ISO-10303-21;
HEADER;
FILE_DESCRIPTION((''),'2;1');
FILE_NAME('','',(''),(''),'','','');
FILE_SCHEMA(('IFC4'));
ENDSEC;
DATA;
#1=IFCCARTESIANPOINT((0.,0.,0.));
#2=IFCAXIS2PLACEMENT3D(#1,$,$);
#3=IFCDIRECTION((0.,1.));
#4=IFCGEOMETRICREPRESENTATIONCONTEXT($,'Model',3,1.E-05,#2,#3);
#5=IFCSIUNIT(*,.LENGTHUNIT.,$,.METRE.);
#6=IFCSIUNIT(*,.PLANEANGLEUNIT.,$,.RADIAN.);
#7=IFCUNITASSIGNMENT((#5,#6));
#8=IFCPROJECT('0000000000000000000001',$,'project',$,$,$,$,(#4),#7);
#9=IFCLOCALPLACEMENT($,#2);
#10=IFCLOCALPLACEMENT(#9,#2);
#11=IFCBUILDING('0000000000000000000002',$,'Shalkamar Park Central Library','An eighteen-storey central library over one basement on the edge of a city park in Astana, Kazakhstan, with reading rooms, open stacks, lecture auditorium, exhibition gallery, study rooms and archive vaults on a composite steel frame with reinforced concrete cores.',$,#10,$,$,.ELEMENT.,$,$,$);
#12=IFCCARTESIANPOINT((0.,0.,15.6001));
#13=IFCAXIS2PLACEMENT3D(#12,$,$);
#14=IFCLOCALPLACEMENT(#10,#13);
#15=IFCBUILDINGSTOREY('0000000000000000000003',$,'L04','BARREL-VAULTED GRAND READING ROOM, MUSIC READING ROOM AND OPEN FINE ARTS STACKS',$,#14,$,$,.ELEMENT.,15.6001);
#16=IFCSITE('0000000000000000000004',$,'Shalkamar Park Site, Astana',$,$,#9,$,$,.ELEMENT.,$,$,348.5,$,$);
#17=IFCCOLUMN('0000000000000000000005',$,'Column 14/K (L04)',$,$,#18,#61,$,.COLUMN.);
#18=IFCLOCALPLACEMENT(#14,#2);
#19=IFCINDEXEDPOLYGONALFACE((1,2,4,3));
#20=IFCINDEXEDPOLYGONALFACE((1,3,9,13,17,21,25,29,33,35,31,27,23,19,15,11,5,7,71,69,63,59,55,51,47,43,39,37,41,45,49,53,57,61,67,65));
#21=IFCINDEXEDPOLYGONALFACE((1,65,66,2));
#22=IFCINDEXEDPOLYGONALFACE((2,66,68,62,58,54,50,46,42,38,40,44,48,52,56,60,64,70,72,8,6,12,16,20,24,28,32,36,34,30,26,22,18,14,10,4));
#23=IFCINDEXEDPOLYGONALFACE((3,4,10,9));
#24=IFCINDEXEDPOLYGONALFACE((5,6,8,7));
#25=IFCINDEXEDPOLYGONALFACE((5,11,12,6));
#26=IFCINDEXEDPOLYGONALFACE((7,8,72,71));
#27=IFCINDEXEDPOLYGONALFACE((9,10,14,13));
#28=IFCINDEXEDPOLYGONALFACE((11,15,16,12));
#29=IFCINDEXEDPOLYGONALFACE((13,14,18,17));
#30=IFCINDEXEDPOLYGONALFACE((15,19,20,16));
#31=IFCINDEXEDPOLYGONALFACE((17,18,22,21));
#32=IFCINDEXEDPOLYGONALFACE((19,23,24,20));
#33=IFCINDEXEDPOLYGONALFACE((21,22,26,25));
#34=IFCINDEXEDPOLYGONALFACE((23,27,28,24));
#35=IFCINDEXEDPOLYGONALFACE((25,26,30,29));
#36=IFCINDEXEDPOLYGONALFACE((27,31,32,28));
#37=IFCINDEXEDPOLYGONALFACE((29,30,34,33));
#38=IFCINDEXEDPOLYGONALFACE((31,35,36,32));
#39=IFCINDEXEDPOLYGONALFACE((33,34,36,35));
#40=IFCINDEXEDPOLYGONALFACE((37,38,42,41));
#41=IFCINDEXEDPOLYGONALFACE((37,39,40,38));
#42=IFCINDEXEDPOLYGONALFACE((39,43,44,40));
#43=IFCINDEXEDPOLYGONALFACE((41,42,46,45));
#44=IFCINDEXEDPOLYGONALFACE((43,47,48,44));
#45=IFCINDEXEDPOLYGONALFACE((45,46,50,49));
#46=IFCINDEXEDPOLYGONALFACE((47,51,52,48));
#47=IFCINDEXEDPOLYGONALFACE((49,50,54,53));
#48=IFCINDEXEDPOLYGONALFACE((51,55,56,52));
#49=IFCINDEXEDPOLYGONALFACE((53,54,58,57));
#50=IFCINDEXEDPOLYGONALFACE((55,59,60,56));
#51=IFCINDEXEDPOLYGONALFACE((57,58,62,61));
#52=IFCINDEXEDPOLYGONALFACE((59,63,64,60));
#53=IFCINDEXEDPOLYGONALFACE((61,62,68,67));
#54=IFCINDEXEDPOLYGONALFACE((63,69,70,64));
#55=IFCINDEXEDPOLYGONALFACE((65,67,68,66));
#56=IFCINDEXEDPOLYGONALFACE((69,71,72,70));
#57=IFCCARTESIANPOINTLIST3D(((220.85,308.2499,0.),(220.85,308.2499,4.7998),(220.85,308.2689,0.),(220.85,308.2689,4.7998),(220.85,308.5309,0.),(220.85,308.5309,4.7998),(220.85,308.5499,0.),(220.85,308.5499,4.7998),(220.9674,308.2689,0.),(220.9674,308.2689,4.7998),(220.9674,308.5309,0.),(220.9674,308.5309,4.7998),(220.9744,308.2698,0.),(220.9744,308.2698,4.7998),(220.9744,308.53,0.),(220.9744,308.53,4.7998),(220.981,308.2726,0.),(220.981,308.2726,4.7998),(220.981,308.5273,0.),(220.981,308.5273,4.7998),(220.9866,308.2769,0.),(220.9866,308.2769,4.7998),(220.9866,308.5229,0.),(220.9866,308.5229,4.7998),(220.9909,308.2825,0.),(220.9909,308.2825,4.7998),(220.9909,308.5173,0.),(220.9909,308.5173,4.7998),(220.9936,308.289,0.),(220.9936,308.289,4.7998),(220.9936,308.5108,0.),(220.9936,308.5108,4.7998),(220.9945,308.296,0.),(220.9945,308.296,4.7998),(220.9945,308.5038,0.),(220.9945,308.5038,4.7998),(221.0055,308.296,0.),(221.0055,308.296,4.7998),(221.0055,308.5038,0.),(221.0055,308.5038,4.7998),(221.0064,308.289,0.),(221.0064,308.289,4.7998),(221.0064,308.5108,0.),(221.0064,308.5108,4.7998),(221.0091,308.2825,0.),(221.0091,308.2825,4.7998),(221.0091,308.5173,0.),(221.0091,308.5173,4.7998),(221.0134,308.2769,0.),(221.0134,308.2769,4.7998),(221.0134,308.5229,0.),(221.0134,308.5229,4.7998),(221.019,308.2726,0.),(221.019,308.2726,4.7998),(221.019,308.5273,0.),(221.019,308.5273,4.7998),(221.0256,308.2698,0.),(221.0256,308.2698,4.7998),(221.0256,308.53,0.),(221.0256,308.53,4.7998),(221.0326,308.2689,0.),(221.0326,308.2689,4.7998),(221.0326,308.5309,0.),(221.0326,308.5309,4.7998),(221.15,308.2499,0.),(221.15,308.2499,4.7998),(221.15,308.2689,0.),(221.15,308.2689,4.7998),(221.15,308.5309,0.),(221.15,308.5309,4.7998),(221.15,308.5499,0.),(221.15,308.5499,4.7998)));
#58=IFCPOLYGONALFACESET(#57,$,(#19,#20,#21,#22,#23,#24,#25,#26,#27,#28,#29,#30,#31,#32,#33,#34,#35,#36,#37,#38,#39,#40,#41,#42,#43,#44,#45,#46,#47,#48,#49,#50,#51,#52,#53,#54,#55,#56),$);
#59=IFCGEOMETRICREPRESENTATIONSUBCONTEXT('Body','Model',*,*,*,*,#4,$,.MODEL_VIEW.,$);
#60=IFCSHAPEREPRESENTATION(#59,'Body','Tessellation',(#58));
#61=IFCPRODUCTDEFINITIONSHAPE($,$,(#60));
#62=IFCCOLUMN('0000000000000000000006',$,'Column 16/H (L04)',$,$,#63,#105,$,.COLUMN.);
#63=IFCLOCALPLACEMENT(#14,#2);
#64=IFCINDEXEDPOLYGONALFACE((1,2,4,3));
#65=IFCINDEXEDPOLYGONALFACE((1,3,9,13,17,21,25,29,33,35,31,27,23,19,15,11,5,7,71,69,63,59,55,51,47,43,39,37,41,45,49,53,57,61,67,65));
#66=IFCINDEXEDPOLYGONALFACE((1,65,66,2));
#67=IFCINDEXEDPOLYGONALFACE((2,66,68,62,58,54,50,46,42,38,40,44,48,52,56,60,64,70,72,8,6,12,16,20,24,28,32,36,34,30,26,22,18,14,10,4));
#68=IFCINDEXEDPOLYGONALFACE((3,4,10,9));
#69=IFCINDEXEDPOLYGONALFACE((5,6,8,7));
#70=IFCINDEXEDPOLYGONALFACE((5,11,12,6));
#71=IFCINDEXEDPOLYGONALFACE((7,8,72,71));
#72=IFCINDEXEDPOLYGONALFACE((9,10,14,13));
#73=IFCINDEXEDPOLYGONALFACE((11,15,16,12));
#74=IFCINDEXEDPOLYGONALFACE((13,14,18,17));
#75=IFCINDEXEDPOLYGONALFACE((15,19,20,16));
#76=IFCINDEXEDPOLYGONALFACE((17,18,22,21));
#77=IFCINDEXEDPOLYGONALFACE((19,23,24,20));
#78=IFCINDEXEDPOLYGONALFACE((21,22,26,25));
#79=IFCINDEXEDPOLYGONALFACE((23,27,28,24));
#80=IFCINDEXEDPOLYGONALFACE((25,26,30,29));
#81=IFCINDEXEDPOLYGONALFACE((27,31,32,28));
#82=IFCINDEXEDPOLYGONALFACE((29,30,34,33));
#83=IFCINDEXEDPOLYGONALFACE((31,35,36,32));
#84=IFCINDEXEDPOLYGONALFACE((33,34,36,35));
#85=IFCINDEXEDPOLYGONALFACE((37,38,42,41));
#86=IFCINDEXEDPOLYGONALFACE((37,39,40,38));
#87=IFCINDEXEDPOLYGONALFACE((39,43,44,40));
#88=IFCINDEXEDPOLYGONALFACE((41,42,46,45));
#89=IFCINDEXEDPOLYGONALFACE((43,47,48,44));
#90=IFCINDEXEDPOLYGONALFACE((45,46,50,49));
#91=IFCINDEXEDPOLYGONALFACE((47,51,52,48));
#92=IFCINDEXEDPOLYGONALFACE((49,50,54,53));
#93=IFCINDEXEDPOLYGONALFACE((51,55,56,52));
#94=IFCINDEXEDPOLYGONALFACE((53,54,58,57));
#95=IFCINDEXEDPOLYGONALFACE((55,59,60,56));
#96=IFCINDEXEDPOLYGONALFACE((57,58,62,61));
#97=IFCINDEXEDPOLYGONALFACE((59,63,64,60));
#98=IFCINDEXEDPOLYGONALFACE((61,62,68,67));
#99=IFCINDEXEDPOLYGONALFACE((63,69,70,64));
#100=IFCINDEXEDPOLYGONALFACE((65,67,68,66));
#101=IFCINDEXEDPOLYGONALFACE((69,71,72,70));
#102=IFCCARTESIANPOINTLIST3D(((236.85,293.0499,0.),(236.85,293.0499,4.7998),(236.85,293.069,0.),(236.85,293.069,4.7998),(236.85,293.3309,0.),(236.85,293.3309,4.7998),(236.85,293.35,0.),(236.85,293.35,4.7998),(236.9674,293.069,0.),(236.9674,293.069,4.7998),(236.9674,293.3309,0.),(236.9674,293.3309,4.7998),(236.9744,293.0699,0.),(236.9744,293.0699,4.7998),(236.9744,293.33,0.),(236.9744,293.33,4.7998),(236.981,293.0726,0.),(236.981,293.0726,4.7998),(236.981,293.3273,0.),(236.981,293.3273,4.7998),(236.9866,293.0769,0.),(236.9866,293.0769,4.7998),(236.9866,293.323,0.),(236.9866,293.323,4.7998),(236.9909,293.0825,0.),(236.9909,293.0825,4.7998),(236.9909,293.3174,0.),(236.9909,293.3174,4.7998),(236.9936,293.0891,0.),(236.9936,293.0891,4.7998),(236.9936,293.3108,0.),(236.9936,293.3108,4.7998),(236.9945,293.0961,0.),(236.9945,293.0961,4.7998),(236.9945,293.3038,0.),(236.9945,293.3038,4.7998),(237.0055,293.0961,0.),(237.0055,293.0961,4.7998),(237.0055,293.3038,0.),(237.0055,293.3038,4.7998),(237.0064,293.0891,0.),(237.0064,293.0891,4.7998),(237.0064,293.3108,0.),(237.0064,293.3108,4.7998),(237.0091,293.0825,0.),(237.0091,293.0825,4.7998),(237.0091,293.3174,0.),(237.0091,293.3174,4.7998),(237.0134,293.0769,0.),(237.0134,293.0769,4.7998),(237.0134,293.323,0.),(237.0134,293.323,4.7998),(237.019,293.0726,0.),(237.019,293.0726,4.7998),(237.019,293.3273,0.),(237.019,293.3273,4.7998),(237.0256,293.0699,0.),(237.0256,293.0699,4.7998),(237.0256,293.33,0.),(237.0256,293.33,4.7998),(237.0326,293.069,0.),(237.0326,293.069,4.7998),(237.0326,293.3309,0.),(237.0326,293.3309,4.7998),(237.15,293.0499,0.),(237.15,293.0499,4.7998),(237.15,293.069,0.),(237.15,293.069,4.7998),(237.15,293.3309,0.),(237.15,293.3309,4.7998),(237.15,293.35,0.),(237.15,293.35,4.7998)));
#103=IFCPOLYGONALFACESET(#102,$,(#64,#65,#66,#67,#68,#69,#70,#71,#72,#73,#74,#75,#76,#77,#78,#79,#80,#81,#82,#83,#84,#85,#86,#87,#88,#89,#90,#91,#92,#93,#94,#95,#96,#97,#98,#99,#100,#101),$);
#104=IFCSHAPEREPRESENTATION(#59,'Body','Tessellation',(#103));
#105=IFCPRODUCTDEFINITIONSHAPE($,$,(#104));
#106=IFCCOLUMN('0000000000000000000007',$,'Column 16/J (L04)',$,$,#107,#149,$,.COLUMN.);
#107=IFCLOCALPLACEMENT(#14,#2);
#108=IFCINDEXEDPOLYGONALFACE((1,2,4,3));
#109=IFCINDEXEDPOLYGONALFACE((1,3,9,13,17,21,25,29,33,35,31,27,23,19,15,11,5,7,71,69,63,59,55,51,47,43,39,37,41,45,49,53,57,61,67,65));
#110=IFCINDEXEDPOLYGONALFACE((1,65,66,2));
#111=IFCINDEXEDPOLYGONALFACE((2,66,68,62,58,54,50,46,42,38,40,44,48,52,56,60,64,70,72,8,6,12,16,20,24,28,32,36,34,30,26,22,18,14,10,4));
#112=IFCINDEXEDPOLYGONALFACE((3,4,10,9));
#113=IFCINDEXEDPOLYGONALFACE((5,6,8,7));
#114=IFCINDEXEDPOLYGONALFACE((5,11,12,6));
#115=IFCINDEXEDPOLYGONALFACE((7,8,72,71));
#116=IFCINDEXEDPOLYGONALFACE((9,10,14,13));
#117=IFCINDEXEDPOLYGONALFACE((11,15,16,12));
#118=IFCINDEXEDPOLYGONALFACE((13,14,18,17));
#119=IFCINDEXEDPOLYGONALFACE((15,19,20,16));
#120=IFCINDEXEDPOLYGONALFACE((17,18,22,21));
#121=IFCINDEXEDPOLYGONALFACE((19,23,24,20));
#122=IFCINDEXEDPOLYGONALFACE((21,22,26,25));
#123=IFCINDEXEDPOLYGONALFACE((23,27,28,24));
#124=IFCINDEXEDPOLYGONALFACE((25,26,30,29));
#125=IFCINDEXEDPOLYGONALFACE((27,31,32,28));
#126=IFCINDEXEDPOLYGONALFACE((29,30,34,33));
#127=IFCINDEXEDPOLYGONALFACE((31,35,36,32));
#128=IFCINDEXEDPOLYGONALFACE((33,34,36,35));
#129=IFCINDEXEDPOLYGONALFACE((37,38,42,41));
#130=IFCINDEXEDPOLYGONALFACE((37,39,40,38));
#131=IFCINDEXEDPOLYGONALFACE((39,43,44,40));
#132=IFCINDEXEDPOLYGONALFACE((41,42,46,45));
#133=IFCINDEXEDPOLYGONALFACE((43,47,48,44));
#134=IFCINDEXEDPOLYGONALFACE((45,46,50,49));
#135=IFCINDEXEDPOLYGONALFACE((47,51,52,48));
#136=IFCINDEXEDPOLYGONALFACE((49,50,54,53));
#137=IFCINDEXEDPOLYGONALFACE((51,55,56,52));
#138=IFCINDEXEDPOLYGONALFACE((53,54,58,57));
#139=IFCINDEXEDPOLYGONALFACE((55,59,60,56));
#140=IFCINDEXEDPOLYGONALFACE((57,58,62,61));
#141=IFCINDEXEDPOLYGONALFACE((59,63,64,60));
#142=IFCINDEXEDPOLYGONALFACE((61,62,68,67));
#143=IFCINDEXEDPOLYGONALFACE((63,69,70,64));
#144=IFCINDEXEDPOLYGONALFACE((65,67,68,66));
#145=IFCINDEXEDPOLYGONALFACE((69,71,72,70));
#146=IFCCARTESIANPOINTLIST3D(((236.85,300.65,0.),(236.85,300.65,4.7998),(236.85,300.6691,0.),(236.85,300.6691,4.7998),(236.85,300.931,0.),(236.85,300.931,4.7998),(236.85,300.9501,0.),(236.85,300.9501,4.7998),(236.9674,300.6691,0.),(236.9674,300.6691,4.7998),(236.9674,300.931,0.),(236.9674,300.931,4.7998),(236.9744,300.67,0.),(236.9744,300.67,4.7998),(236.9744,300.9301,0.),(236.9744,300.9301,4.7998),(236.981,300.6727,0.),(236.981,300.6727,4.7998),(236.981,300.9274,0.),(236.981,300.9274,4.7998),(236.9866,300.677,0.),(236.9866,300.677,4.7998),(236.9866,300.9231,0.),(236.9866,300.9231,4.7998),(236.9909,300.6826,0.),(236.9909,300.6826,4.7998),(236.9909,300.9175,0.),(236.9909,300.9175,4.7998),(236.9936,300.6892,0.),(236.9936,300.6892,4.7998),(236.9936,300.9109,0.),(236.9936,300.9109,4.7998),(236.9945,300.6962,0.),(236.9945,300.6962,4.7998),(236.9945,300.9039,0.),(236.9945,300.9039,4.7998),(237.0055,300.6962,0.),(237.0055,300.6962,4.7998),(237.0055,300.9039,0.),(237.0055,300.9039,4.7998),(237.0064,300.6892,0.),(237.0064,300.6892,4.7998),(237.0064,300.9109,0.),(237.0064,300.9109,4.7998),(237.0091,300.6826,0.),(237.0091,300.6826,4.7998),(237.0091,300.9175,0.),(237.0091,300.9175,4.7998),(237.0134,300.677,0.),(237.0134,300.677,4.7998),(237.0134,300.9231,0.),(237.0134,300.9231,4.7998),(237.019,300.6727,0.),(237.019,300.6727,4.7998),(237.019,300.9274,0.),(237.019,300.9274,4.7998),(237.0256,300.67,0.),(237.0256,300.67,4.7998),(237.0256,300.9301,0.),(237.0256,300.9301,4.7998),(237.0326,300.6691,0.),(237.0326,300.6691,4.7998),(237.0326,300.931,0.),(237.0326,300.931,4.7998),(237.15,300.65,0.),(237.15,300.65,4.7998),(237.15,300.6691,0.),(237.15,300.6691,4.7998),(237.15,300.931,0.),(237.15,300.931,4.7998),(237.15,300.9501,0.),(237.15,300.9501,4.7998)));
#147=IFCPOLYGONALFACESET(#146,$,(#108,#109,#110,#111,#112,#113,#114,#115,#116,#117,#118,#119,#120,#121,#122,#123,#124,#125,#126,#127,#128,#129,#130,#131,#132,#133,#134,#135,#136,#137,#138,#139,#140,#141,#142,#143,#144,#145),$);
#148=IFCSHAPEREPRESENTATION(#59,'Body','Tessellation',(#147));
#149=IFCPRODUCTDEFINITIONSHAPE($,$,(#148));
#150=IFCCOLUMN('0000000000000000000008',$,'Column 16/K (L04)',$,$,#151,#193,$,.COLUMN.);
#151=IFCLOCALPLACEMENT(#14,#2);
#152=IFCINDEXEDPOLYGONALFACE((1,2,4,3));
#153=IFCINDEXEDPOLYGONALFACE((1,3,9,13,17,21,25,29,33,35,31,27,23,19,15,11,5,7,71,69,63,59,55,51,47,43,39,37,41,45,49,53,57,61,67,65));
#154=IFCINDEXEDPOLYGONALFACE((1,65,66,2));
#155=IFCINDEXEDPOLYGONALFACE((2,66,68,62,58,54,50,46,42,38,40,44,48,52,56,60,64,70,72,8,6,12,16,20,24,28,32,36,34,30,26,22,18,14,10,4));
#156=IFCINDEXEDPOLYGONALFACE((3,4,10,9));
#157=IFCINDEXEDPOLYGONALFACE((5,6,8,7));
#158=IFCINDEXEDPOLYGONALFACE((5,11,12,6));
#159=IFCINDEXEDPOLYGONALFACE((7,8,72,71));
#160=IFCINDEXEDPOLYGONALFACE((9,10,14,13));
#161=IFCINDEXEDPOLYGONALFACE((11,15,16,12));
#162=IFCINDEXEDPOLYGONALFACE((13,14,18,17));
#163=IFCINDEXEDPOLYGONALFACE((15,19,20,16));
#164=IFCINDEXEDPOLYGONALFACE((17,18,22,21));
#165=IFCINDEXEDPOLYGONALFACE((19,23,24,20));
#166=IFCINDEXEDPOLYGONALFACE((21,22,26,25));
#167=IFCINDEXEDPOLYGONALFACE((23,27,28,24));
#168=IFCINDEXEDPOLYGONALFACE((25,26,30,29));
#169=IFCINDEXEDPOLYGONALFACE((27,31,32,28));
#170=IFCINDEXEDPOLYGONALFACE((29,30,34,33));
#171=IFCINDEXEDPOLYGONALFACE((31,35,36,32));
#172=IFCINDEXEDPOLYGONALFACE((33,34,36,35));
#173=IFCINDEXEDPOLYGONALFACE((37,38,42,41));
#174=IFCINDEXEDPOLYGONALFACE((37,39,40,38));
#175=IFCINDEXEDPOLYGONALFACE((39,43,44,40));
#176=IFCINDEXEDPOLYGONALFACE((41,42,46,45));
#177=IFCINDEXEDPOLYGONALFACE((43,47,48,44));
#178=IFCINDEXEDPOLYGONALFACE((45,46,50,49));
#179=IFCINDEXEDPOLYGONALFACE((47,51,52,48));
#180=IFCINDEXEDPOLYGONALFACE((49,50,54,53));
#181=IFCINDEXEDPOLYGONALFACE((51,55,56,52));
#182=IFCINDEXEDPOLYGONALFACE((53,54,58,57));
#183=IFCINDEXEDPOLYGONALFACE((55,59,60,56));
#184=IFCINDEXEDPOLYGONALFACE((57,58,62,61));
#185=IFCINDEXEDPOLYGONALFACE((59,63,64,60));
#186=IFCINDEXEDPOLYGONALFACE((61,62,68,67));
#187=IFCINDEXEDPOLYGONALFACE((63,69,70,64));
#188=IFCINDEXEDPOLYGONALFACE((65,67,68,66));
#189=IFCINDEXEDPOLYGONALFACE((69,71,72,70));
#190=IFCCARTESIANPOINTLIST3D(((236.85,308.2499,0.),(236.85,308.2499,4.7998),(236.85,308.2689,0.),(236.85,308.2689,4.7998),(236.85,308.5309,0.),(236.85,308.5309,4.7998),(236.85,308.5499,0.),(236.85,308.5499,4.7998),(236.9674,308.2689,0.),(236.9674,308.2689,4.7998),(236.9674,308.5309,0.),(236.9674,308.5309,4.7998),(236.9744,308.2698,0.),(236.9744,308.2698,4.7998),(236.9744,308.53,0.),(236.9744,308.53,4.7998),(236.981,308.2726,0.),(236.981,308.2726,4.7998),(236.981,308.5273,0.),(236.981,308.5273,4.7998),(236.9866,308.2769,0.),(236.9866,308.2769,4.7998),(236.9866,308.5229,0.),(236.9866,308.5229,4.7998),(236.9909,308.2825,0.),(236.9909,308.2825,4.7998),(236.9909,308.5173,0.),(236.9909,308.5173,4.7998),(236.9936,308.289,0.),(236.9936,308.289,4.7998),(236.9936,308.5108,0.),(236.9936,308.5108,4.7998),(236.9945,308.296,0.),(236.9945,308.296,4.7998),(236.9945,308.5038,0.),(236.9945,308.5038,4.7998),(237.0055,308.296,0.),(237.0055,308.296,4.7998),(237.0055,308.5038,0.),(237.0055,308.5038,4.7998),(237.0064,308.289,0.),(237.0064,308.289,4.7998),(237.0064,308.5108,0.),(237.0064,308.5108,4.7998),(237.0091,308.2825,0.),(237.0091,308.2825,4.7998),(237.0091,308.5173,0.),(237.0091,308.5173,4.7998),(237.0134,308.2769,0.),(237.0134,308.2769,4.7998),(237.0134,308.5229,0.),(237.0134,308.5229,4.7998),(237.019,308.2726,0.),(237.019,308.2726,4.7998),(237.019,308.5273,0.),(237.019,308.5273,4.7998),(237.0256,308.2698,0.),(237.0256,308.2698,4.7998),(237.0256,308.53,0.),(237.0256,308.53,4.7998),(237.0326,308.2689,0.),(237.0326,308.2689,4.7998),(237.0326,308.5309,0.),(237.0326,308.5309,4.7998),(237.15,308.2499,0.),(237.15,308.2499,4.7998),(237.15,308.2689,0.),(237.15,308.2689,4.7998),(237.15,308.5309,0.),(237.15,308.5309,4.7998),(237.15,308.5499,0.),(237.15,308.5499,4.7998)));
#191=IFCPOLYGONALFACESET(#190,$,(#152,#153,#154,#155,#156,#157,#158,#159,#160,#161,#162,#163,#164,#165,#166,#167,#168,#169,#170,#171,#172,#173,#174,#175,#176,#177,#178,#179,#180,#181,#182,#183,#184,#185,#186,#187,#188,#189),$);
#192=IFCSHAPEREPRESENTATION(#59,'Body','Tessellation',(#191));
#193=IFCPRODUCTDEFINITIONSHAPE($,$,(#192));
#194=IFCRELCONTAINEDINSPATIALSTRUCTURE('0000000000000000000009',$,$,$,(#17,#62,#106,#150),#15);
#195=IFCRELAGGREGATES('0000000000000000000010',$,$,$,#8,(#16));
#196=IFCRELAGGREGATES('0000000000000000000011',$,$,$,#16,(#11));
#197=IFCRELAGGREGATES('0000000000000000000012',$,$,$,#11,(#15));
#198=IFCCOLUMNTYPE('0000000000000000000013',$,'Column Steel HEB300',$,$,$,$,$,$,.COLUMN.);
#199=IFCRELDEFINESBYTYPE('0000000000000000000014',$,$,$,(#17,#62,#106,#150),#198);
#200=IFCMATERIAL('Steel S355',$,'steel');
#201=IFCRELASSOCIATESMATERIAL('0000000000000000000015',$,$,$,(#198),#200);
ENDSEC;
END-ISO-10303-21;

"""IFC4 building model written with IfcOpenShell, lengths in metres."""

from ifc_helpers import new_model, si_unit, direction, frame, origin, origin_2d, place, context, subcontext, project, spatial, i_section, extrude, material, material_profile, profile_set, type_object, element, save


model = new_model("IFC4")

# Units and contexts
model_context = context("Model", 3, precision=1e-05, world=origin(), true_north=direction((0.0, 1.0)))
body_context = subcontext(model_context, "Body", "Model", "MODEL_VIEW")
ifc_project = project(units=[si_unit("LENGTHUNIT", "METRE"), si_unit("PLANEANGLEUNIT", "RADIAN")], contexts=[model_context])

# Site, building, storey
site_placement = place(None, origin())
site = spatial("IfcSite", under=ifc_project, at=site_placement, Name="Shalkamar Park Site, Astana", CompositionType="ELEMENT", RefElevation=348.5)
building_placement = place(site_placement, origin())
building = spatial("IfcBuilding", under=site, at=building_placement, Name="Shalkamar Park Central Library", Description="An eighteen-storey central library over one basement on the edge of a city park in Astana, Kazakhstan, with reading rooms, open stacks, lecture auditorium, exhibition gallery, study rooms and archive vaults on a composite steel frame with reinforced concrete cores.", CompositionType="ELEMENT")
storey_placement = place(building_placement, frame((0.0, 0.0, 15.6001)))
storey = spatial("IfcBuildingStorey", under=building, at=storey_placement, Name="L04", Description="BARREL-VAULTED GRAND READING ROOM, MUSIC READING ROOM AND OPEN FINE ARTS STACKS", CompositionType="ELEMENT", Elevation=15.6001)

# Columns
ifc_material = material(Name="Steel S355", Category="steel")
ifc_material_profile_1 = material_profile(ifc_material, i_section(OverallWidth=0.3, OverallDepth=0.3, WebThickness=0.011, FlangeThickness=0.019, FilletRadius=0.0271, at=origin_2d()), Name="HEB 300")
ifc_profile_set_1 = profile_set([ifc_material_profile_1], Name="Steel S355")
column_type_1 = type_object("IfcColumnType", Name="Column Steel HEB300", PredefinedType="COLUMN", material=ifc_profile_set_1)
for number, where, z_axis, x_axis, name in (
    (1, (221.0, 308.3999, 0.0), (0.0, 0.0, 1.0), (1.0, 0.0, 0.0), "Column 14/K (L04)"),
    (2, (237.0, 293.2, 0.0), (0.0, 0.0, 1.0), (1.0, 0.0, 0.0), "Column 16/H (L04)"),
    (3, (237.0, 300.8, 0.0), (0.0, 0.0, 1.0), (1.0, 0.0, 0.0), "Column 16/J (L04)"),
    (4, (237.0, 308.3999, 0.0), (0.0, 0.0, 1.0), (1.0, 0.0, 0.0), "Column 16/K (L04)"),
):
    element("IfcColumn", number, at=place(storey_placement, frame(where, z_axis=z_axis, x_axis=x_axis)), inside=storey, type_object=column_type_1, Name=name, PredefinedType="COLUMN", context=body_context, shape_type="SweptSolid", body=[
        extrude(i_section(OverallWidth=0.3, OverallDepth=0.3, WebThickness=0.011, FlangeThickness=0.019, FilletRadius=0.0271, at=origin_2d()), origin(), (0.0, 0.0, 1.0), 4.7998),
    ])

save(model, "model.ifc")
